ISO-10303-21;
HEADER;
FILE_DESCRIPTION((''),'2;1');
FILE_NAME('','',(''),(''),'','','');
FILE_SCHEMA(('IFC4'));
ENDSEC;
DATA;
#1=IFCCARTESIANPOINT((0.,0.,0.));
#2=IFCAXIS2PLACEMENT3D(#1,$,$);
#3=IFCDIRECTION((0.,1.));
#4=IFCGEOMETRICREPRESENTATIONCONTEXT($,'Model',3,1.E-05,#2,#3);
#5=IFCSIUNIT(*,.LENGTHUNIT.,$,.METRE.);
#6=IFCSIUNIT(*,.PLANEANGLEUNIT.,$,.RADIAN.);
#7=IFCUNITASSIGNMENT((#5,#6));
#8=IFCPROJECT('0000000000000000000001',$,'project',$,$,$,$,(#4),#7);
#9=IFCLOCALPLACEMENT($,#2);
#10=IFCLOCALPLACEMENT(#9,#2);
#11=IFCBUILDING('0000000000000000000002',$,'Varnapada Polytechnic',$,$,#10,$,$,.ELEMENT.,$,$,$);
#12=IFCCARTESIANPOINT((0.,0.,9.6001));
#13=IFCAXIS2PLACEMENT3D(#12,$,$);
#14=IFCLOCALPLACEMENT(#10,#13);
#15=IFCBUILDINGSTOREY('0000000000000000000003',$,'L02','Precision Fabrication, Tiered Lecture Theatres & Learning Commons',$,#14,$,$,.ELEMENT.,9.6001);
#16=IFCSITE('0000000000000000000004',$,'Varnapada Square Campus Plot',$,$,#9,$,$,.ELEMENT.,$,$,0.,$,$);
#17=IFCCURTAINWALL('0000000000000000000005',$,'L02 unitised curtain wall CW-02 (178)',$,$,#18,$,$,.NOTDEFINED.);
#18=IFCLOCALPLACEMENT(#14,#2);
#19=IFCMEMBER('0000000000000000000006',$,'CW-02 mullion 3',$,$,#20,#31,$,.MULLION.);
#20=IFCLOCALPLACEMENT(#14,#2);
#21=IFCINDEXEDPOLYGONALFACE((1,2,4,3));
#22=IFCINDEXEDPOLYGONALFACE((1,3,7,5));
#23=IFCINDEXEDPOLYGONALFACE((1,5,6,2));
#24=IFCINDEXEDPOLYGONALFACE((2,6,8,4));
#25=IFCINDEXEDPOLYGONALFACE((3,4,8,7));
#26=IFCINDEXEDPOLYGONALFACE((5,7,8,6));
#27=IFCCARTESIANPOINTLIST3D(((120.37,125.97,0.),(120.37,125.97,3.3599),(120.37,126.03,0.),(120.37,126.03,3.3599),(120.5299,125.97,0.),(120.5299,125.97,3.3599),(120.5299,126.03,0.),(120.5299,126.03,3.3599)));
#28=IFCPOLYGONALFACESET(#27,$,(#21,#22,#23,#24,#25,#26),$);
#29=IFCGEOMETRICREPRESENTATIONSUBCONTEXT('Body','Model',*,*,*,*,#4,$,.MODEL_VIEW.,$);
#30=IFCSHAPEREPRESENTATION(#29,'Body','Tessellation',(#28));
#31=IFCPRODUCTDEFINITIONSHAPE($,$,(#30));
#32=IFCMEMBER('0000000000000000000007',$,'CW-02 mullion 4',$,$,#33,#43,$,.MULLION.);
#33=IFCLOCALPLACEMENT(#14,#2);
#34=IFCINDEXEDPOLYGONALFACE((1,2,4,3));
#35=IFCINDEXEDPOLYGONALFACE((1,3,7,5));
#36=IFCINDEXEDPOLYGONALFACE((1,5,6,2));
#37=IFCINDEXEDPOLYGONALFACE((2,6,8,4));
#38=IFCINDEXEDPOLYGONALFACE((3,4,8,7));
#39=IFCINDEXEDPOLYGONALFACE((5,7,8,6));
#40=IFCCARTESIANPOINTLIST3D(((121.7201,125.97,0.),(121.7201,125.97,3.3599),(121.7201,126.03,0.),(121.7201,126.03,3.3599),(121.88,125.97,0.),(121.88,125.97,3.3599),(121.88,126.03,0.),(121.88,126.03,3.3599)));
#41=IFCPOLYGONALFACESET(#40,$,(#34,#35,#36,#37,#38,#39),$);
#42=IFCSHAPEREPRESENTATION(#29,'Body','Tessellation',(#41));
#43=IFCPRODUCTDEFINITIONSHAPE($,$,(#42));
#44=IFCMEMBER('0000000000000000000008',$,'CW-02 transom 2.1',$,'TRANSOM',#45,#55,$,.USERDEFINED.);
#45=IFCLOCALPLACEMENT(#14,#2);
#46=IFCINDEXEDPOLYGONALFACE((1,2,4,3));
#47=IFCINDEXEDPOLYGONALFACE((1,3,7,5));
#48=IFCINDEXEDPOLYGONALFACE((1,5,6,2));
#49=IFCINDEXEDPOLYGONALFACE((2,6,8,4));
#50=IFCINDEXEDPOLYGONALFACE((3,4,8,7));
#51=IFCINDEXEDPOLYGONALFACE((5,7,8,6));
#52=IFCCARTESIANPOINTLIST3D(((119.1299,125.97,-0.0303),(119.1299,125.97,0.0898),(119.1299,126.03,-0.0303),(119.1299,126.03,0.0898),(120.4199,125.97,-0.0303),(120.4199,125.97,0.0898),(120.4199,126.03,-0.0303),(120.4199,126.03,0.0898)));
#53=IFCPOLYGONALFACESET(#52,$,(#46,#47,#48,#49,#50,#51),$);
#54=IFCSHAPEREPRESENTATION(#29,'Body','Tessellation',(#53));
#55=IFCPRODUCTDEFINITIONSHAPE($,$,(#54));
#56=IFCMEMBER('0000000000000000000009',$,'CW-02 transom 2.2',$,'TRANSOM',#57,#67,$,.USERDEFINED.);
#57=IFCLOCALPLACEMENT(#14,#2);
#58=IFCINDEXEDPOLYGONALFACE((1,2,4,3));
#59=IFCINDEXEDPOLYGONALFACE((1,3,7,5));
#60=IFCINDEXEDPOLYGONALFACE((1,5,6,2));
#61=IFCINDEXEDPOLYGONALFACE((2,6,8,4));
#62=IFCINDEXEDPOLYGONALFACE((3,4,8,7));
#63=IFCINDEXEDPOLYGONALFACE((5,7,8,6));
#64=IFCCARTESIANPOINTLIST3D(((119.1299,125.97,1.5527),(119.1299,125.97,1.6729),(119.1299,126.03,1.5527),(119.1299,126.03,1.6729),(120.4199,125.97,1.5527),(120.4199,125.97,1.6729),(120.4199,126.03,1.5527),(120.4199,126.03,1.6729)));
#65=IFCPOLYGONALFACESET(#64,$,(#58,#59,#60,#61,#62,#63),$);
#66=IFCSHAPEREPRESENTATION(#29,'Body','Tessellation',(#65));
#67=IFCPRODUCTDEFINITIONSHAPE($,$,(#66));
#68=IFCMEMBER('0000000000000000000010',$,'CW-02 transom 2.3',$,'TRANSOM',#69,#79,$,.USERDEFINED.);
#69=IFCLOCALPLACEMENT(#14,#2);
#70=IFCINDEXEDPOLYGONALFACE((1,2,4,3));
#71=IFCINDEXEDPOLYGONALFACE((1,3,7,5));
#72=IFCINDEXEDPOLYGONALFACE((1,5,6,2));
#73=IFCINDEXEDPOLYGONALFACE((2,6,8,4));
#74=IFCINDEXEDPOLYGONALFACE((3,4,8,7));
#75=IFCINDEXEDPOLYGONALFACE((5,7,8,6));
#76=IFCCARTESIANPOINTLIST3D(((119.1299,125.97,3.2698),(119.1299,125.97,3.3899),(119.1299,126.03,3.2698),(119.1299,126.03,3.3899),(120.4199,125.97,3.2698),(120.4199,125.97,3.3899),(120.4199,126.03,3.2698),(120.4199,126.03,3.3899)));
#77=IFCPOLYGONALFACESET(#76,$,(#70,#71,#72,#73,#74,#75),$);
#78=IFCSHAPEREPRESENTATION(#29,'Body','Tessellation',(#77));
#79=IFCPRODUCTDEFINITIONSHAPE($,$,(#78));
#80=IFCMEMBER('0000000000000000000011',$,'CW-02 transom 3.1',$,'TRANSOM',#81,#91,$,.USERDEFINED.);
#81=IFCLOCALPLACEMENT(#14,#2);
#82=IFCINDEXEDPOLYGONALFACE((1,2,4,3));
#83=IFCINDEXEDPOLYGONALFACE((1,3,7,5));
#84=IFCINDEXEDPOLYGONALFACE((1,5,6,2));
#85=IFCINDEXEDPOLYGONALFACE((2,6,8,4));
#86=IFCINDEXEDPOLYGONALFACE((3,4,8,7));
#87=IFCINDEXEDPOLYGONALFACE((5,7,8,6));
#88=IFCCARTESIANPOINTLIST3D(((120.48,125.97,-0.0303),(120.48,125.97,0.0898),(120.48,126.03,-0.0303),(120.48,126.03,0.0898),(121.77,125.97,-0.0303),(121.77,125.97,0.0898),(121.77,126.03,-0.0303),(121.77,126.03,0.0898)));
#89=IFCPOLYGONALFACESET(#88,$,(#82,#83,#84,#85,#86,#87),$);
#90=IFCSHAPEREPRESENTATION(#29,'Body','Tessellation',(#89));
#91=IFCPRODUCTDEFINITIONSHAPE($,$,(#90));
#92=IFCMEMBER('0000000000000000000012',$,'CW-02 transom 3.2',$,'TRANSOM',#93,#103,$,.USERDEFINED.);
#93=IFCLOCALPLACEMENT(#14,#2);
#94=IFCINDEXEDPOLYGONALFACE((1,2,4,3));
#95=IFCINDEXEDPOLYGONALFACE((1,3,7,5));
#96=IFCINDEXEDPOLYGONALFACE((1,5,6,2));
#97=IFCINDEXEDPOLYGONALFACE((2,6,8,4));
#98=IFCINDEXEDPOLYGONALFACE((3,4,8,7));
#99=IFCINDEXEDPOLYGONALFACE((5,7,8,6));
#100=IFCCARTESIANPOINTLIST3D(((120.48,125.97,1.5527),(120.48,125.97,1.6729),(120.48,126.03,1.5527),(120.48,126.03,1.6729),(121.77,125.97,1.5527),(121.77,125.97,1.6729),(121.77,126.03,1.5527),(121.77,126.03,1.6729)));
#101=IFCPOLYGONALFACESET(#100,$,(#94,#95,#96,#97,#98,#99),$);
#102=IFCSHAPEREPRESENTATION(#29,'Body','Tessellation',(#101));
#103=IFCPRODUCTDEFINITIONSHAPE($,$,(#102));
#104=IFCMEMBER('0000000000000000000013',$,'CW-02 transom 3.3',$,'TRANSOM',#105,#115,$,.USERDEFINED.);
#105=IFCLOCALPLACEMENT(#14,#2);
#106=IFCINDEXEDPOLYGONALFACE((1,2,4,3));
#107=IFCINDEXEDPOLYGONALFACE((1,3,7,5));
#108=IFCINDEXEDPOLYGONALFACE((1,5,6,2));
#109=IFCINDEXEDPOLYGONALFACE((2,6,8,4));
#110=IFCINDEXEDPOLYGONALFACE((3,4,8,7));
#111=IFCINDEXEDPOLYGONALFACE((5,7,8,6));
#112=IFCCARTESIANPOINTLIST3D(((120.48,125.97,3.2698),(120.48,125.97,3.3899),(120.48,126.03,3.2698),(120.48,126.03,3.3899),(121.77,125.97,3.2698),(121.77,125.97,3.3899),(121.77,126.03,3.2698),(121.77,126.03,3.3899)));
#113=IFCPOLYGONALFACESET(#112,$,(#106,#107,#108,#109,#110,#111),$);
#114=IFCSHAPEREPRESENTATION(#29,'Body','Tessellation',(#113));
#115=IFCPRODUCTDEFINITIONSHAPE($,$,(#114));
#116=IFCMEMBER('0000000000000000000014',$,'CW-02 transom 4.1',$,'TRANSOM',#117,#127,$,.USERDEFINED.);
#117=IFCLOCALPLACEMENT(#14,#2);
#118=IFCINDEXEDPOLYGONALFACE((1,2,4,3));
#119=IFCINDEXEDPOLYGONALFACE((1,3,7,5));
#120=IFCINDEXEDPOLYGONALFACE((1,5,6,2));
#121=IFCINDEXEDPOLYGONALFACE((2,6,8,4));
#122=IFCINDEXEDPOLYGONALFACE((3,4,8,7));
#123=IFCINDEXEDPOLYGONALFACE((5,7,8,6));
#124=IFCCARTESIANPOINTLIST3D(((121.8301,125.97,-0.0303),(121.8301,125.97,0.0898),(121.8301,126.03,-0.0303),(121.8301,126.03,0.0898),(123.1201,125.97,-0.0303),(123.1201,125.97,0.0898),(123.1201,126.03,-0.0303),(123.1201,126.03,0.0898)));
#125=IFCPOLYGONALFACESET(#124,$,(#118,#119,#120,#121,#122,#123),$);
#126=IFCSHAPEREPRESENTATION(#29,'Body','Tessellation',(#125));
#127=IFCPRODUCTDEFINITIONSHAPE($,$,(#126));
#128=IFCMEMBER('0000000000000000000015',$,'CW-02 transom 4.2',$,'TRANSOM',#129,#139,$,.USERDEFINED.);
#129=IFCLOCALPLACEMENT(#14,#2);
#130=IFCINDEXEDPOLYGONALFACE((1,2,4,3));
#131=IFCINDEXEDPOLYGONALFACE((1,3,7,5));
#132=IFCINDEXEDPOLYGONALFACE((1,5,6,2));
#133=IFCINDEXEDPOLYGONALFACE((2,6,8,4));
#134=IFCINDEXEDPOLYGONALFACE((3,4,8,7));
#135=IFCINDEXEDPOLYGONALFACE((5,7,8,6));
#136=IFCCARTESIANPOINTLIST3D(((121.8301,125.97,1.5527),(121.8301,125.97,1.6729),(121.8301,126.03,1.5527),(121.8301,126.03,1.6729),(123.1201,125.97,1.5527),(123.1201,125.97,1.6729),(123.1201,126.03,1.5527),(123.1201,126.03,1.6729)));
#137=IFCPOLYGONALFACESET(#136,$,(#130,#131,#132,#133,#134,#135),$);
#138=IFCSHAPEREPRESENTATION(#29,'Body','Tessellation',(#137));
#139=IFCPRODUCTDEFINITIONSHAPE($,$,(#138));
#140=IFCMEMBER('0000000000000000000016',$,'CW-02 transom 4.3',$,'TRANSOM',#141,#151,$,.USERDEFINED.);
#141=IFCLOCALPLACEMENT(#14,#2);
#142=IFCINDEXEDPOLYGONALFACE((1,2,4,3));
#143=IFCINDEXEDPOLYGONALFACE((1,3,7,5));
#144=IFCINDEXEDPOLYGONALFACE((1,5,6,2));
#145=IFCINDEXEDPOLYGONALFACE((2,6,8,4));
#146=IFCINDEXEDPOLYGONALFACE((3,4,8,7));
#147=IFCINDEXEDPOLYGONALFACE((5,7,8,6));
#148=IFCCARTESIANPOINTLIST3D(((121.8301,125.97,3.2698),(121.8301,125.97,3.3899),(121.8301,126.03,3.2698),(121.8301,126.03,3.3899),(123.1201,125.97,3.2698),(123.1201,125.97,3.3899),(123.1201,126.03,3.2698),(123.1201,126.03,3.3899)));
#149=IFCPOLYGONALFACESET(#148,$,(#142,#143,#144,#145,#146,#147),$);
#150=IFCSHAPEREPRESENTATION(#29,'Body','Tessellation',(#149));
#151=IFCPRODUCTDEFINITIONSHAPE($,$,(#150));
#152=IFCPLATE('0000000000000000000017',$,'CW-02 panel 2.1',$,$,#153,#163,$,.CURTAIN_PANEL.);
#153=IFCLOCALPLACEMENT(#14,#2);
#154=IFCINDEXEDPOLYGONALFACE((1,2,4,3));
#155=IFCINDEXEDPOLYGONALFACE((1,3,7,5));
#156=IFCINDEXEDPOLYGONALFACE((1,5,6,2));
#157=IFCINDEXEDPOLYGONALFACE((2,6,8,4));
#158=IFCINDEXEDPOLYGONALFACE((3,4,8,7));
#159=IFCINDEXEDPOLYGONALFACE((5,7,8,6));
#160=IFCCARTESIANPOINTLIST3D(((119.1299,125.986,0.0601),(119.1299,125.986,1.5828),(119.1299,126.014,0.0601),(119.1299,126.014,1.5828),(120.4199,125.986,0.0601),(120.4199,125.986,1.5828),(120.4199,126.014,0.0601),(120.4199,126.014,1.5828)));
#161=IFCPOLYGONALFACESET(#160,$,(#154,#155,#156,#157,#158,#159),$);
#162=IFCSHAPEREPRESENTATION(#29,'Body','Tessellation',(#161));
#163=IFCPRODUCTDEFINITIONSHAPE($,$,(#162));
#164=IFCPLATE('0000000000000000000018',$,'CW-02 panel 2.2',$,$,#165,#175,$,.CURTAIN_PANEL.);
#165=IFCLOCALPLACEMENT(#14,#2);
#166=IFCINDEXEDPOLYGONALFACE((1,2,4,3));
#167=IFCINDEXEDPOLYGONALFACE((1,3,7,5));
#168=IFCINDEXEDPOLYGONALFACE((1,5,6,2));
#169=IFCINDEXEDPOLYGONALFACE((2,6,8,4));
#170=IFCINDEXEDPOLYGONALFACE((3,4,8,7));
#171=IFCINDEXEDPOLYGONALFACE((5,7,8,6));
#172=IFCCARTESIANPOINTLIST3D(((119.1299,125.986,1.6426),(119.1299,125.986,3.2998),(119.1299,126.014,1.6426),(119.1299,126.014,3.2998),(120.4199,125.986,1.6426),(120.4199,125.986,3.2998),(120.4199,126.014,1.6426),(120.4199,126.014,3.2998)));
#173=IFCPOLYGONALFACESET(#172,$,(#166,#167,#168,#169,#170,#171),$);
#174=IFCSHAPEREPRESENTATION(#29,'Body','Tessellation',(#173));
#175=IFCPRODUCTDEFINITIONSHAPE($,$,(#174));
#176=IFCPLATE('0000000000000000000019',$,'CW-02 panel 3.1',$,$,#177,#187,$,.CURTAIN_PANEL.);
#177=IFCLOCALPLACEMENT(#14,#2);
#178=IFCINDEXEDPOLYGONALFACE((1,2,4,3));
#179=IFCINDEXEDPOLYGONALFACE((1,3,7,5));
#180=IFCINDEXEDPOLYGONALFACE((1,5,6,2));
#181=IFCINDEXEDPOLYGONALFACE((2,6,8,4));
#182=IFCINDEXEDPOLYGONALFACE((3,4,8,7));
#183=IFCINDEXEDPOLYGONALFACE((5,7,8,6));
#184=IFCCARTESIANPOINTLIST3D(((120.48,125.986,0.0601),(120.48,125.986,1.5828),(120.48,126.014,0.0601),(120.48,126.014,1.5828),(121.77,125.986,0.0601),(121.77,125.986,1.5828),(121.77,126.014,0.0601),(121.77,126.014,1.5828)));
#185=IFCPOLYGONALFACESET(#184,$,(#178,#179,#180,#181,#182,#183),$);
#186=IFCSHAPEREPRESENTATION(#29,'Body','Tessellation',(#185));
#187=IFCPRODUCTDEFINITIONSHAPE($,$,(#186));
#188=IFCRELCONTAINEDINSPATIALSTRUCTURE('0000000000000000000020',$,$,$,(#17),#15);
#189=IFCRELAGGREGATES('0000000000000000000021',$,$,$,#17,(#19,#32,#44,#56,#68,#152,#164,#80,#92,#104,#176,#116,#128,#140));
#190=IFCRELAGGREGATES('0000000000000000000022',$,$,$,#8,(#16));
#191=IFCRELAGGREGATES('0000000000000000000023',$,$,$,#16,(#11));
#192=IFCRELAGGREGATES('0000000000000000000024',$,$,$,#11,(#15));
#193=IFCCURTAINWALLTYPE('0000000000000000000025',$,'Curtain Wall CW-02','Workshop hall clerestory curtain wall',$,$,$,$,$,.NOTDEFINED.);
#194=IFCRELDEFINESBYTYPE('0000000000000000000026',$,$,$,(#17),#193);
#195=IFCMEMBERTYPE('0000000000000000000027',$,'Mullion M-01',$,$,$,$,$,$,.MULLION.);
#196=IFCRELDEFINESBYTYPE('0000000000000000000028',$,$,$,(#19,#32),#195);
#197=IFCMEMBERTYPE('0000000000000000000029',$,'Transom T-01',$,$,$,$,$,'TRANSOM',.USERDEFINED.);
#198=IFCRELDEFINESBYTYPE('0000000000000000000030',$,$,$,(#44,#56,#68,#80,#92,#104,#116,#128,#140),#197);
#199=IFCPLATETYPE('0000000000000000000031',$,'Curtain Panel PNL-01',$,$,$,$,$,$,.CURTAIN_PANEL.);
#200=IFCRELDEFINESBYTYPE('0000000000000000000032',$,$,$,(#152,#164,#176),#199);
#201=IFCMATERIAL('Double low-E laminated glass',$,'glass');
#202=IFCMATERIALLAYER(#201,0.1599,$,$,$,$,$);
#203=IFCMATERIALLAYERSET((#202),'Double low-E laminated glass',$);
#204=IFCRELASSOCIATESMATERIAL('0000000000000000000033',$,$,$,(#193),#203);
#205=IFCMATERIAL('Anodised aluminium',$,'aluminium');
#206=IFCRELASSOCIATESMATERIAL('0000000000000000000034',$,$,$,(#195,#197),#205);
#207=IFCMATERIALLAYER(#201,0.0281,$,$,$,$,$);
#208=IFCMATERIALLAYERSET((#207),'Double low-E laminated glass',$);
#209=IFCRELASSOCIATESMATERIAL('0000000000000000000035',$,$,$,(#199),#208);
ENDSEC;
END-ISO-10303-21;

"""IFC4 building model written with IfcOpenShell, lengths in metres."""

from ifc_helpers import new_model, si_unit, direction, frame, origin, origin_2d, place, context, subcontext, project, spatial, rectangle, extrude, material, layer, layer_set, material_profile, profile_set, type_object, element, aggregate, save


model = new_model("IFC4")

# Units and contexts
model_context = context("Model", 3, precision=1e-05, world=origin(), true_north=direction((0.0, 1.0)))
body_context = subcontext(model_context, "Body", "Model", "MODEL_VIEW")
ifc_project = project(units=[si_unit("LENGTHUNIT", "METRE"), si_unit("PLANEANGLEUNIT", "RADIAN")], contexts=[model_context])

# Site, building, storey
site_placement = place(None, origin())
site = spatial("IfcSite", under=ifc_project, at=site_placement, Name="Varnapada Square Campus Plot", CompositionType="ELEMENT", RefElevation=0.0)
building_placement = place(site_placement, origin())
building = spatial("IfcBuilding", under=site, at=building_placement, Name="Varnapada Polytechnic", CompositionType="ELEMENT")
storey_placement = place(building_placement, frame((0.0, 0.0, 9.6001)))
storey = spatial("IfcBuildingStorey", under=building, at=storey_placement, Name="L02", Description="Precision Fabrication, Tiered Lecture Theatres & Learning Commons", CompositionType="ELEMENT", Elevation=9.6001)

# Curtain wall, members, plates
ifc_material_1 = material(Name="Double low-E laminated glass", Category="glass")
ifc_layer_1 = layer(ifc_material_1, 0.1599)
ifc_layer_set_1 = layer_set([ifc_layer_1], Name="Double low-E laminated glass")
curtain_wall_type = type_object("IfcCurtainWallType", Name="Curtain Wall CW-02", Description="Workshop hall clerestory curtain wall", PredefinedType="NOTDEFINED", material=ifc_layer_set_1)
curtain_wall_placement = place(storey_placement, origin())
curtain_wall = element("IfcCurtainWall", 1, at=curtain_wall_placement, inside=storey, type_object=curtain_wall_type, Name="L02 unitised curtain wall CW-02 (178)", PredefinedType="NOTDEFINED")
ifc_material_2 = material(Name="Anodised aluminium", Category="aluminium")
ifc_material_profile_1 = material_profile(ifc_material_2, rectangle(XDim=0.0601, YDim=0.1599, at=origin_2d()), Name="ALU M60x160")
ifc_profile_set_1 = profile_set([ifc_material_profile_1], Name="Anodised aluminium")
member_type_1 = type_object("IfcMemberType", Name="Mullion M-01", PredefinedType="MULLION", material=ifc_profile_set_1)
member_1_placement = place(storey_placement, frame((120.45, 126.0, 0.0), z_axis=(0.0, 0.0, 1.0), x_axis=(0.0, 1.0, 0.0)))
member_1 = element("IfcMember", 2, at=member_1_placement, type_object=member_type_1, Name="CW-02 mullion 3", PredefinedType="MULLION", context=body_context, shape_type="SweptSolid", body=[
    extrude(rectangle(XDim=0.0601, YDim=0.1599, at=origin_2d()), origin(), (0.0, 0.0, 1.0), 3.3599),
])
member_2_placement = place(storey_placement, frame((121.8, 126.0, 0.0), z_axis=(0.0, 0.0, 1.0), x_axis=(0.0, 1.0, 0.0)))
member_2 = element("IfcMember", 3, at=member_2_placement, type_object=member_type_1, Name="CW-02 mullion 4", PredefinedType="MULLION", context=body_context, shape_type="SweptSolid", body=[
    extrude(rectangle(XDim=0.0601, YDim=0.1599, at=origin_2d()), origin(), (0.0, 0.0, 1.0), 3.3599),
])
ifc_material_profile_2 = material_profile(ifc_material_2, rectangle(XDim=0.0601, YDim=0.1201, at=origin_2d()), Name="ALU T60x120")
ifc_profile_set_2 = profile_set([ifc_material_profile_2], Name="Anodised aluminium")
member_type_2 = type_object("IfcMemberType", Name="Transom T-01", ElementType="TRANSOM", PredefinedType="USERDEFINED", material=ifc_profile_set_2)
member_3_placement = place(storey_placement, frame((119.1299, 126.0, 0.0298), z_axis=(1.0, 0.0, 0.0), x_axis=(0.0, 1.0, 0.0)))
member_3 = element("IfcMember", 4, at=member_3_placement, type_object=member_type_2, Name="CW-02 transom 2.1", ObjectType="TRANSOM", PredefinedType="USERDEFINED", context=body_context, shape_type="SweptSolid", body=[
    extrude(rectangle(XDim=0.0601, YDim=0.1201, at=origin_2d()), origin(), (0.0, 0.0, 1.0), 1.29),
])
member_4_placement = place(storey_placement, frame((119.1299, 126.0, 1.6128), z_axis=(1.0, 0.0, 0.0), x_axis=(0.0, 1.0, 0.0)))
member_4 = element("IfcMember", 5, at=member_4_placement, type_object=member_type_2, Name="CW-02 transom 2.2", ObjectType="TRANSOM", PredefinedType="USERDEFINED", context=body_context, shape_type="SweptSolid", body=[
    extrude(rectangle(XDim=0.0601, YDim=0.1201, at=origin_2d()), origin(), (0.0, 0.0, 1.0), 1.29),
])
member_5_placement = place(storey_placement, frame((119.1299, 126.0, 3.3298), z_axis=(1.0, 0.0, 0.0), x_axis=(0.0, 1.0, 0.0)))
member_5 = element("IfcMember", 6, at=member_5_placement, type_object=member_type_2, Name="CW-02 transom 2.3", ObjectType="TRANSOM", PredefinedType="USERDEFINED", context=body_context, shape_type="SweptSolid", body=[
    extrude(rectangle(XDim=0.0601, YDim=0.1201, at=origin_2d()), origin(), (0.0, 0.0, 1.0), 1.29),
])
member_6_placement = place(storey_placement, frame((120.48, 126.0, 0.0298), z_axis=(1.0, 0.0, 0.0), x_axis=(0.0, 1.0, 0.0)))
member_6 = element("IfcMember", 7, at=member_6_placement, type_object=member_type_2, Name="CW-02 transom 3.1", ObjectType="TRANSOM", PredefinedType="USERDEFINED", context=body_context, shape_type="SweptSolid", body=[
    extrude(rectangle(XDim=0.0601, YDim=0.1201, at=origin_2d()), origin(), (0.0, 0.0, 1.0), 1.29),
])
member_7_placement = place(storey_placement, frame((120.48, 126.0, 1.6128), z_axis=(1.0, 0.0, 0.0), x_axis=(0.0, 1.0, 0.0)))
member_7 = element("IfcMember", 8, at=member_7_placement, type_object=member_type_2, Name="CW-02 transom 3.2", ObjectType="TRANSOM", PredefinedType="USERDEFINED", context=body_context, shape_type="SweptSolid", body=[
    extrude(rectangle(XDim=0.0601, YDim=0.1201, at=origin_2d()), origin(), (0.0, 0.0, 1.0), 1.29),
])
member_8_placement = place(storey_placement, frame((120.48, 126.0, 3.3298), z_axis=(1.0, 0.0, 0.0), x_axis=(0.0, 1.0, 0.0)))
member_8 = element("IfcMember", 9, at=member_8_placement, type_object=member_type_2, Name="CW-02 transom 3.3", ObjectType="TRANSOM", PredefinedType="USERDEFINED", context=body_context, shape_type="SweptSolid", body=[
    extrude(rectangle(XDim=0.0601, YDim=0.1201, at=origin_2d()), origin(), (0.0, 0.0, 1.0), 1.29),
])
member_9_placement = place(storey_placement, frame((121.8301, 126.0, 0.0298), z_axis=(1.0, 0.0, 0.0), x_axis=(0.0, 1.0, 0.0)))
member_9 = element("IfcMember", 10, at=member_9_placement, type_object=member_type_2, Name="CW-02 transom 4.1", ObjectType="TRANSOM", PredefinedType="USERDEFINED", context=body_context, shape_type="SweptSolid", body=[
    extrude(rectangle(XDim=0.0601, YDim=0.1201, at=origin_2d()), origin(), (0.0, 0.0, 1.0), 1.29),
])
member_10_placement = place(storey_placement, frame((121.8301, 126.0, 1.6128), z_axis=(1.0, 0.0, 0.0), x_axis=(0.0, 1.0, 0.0)))
member_10 = element("IfcMember", 11, at=member_10_placement, type_object=member_type_2, Name="CW-02 transom 4.2", ObjectType="TRANSOM", PredefinedType="USERDEFINED", context=body_context, shape_type="SweptSolid", body=[
    extrude(rectangle(XDim=0.0601, YDim=0.1201, at=origin_2d()), origin(), (0.0, 0.0, 1.0), 1.29),
])
member_11_placement = place(storey_placement, frame((121.8301, 126.0, 3.3298), z_axis=(1.0, 0.0, 0.0), x_axis=(0.0, 1.0, 0.0)))
member_11 = element("IfcMember", 12, at=member_11_placement, type_object=member_type_2, Name="CW-02 transom 4.3", ObjectType="TRANSOM", PredefinedType="USERDEFINED", context=body_context, shape_type="SweptSolid", body=[
    extrude(rectangle(XDim=0.0601, YDim=0.1201, at=origin_2d()), origin(), (0.0, 0.0, 1.0), 1.29),
])
ifc_layer_2 = layer(ifc_material_1, 0.0281)
ifc_layer_set_2 = layer_set([ifc_layer_2], Name="Double low-E laminated glass")
plate_type = type_object("IfcPlateType", Name="Curtain Panel PNL-01", PredefinedType="CURTAIN_PANEL", material=ifc_layer_set_2)
plate_1_placement = place(storey_placement, frame((119.7749, 126.0, 0.0601), z_axis=(0.0, 0.0, 1.0), x_axis=(1.0, 0.0, 0.0)))
plate_1 = element("IfcPlate", 13, at=plate_1_placement, type_object=plate_type, Name="CW-02 panel 2.1", PredefinedType="CURTAIN_PANEL", context=body_context, shape_type="SweptSolid", body=[
    extrude(rectangle(XDim=1.29, YDim=0.0281, at=origin_2d()), origin(), (0.0, 0.0, 1.0), 1.5227),
])
plate_2_placement = place(storey_placement, frame((119.7749, 126.0, 1.6426), z_axis=(0.0, 0.0, 1.0), x_axis=(1.0, 0.0, 0.0)))
plate_2 = element("IfcPlate", 14, at=plate_2_placement, type_object=plate_type, Name="CW-02 panel 2.2", PredefinedType="CURTAIN_PANEL", context=body_context, shape_type="SweptSolid", body=[
    extrude(rectangle(XDim=1.29, YDim=0.0281, at=origin_2d()), origin(), (0.0, 0.0, 1.0), 1.6572),
])
plate_3_placement = place(storey_placement, frame((121.125, 126.0, 0.0601), z_axis=(0.0, 0.0, 1.0), x_axis=(1.0, 0.0, 0.0)))
plate_3 = element("IfcPlate", 15, at=plate_3_placement, type_object=plate_type, Name="CW-02 panel 3.1", PredefinedType="CURTAIN_PANEL", context=body_context, shape_type="SweptSolid", body=[
    extrude(rectangle(XDim=1.29, YDim=0.0281, at=origin_2d()), origin(), (0.0, 0.0, 1.0), 1.5227),
])
aggregate(curtain_wall, [member_1, member_2, member_3, member_4, member_5, plate_1, plate_2, member_6, member_7, member_8, plate_3, member_9, member_10, member_11])

save(model, "model.ifc")
